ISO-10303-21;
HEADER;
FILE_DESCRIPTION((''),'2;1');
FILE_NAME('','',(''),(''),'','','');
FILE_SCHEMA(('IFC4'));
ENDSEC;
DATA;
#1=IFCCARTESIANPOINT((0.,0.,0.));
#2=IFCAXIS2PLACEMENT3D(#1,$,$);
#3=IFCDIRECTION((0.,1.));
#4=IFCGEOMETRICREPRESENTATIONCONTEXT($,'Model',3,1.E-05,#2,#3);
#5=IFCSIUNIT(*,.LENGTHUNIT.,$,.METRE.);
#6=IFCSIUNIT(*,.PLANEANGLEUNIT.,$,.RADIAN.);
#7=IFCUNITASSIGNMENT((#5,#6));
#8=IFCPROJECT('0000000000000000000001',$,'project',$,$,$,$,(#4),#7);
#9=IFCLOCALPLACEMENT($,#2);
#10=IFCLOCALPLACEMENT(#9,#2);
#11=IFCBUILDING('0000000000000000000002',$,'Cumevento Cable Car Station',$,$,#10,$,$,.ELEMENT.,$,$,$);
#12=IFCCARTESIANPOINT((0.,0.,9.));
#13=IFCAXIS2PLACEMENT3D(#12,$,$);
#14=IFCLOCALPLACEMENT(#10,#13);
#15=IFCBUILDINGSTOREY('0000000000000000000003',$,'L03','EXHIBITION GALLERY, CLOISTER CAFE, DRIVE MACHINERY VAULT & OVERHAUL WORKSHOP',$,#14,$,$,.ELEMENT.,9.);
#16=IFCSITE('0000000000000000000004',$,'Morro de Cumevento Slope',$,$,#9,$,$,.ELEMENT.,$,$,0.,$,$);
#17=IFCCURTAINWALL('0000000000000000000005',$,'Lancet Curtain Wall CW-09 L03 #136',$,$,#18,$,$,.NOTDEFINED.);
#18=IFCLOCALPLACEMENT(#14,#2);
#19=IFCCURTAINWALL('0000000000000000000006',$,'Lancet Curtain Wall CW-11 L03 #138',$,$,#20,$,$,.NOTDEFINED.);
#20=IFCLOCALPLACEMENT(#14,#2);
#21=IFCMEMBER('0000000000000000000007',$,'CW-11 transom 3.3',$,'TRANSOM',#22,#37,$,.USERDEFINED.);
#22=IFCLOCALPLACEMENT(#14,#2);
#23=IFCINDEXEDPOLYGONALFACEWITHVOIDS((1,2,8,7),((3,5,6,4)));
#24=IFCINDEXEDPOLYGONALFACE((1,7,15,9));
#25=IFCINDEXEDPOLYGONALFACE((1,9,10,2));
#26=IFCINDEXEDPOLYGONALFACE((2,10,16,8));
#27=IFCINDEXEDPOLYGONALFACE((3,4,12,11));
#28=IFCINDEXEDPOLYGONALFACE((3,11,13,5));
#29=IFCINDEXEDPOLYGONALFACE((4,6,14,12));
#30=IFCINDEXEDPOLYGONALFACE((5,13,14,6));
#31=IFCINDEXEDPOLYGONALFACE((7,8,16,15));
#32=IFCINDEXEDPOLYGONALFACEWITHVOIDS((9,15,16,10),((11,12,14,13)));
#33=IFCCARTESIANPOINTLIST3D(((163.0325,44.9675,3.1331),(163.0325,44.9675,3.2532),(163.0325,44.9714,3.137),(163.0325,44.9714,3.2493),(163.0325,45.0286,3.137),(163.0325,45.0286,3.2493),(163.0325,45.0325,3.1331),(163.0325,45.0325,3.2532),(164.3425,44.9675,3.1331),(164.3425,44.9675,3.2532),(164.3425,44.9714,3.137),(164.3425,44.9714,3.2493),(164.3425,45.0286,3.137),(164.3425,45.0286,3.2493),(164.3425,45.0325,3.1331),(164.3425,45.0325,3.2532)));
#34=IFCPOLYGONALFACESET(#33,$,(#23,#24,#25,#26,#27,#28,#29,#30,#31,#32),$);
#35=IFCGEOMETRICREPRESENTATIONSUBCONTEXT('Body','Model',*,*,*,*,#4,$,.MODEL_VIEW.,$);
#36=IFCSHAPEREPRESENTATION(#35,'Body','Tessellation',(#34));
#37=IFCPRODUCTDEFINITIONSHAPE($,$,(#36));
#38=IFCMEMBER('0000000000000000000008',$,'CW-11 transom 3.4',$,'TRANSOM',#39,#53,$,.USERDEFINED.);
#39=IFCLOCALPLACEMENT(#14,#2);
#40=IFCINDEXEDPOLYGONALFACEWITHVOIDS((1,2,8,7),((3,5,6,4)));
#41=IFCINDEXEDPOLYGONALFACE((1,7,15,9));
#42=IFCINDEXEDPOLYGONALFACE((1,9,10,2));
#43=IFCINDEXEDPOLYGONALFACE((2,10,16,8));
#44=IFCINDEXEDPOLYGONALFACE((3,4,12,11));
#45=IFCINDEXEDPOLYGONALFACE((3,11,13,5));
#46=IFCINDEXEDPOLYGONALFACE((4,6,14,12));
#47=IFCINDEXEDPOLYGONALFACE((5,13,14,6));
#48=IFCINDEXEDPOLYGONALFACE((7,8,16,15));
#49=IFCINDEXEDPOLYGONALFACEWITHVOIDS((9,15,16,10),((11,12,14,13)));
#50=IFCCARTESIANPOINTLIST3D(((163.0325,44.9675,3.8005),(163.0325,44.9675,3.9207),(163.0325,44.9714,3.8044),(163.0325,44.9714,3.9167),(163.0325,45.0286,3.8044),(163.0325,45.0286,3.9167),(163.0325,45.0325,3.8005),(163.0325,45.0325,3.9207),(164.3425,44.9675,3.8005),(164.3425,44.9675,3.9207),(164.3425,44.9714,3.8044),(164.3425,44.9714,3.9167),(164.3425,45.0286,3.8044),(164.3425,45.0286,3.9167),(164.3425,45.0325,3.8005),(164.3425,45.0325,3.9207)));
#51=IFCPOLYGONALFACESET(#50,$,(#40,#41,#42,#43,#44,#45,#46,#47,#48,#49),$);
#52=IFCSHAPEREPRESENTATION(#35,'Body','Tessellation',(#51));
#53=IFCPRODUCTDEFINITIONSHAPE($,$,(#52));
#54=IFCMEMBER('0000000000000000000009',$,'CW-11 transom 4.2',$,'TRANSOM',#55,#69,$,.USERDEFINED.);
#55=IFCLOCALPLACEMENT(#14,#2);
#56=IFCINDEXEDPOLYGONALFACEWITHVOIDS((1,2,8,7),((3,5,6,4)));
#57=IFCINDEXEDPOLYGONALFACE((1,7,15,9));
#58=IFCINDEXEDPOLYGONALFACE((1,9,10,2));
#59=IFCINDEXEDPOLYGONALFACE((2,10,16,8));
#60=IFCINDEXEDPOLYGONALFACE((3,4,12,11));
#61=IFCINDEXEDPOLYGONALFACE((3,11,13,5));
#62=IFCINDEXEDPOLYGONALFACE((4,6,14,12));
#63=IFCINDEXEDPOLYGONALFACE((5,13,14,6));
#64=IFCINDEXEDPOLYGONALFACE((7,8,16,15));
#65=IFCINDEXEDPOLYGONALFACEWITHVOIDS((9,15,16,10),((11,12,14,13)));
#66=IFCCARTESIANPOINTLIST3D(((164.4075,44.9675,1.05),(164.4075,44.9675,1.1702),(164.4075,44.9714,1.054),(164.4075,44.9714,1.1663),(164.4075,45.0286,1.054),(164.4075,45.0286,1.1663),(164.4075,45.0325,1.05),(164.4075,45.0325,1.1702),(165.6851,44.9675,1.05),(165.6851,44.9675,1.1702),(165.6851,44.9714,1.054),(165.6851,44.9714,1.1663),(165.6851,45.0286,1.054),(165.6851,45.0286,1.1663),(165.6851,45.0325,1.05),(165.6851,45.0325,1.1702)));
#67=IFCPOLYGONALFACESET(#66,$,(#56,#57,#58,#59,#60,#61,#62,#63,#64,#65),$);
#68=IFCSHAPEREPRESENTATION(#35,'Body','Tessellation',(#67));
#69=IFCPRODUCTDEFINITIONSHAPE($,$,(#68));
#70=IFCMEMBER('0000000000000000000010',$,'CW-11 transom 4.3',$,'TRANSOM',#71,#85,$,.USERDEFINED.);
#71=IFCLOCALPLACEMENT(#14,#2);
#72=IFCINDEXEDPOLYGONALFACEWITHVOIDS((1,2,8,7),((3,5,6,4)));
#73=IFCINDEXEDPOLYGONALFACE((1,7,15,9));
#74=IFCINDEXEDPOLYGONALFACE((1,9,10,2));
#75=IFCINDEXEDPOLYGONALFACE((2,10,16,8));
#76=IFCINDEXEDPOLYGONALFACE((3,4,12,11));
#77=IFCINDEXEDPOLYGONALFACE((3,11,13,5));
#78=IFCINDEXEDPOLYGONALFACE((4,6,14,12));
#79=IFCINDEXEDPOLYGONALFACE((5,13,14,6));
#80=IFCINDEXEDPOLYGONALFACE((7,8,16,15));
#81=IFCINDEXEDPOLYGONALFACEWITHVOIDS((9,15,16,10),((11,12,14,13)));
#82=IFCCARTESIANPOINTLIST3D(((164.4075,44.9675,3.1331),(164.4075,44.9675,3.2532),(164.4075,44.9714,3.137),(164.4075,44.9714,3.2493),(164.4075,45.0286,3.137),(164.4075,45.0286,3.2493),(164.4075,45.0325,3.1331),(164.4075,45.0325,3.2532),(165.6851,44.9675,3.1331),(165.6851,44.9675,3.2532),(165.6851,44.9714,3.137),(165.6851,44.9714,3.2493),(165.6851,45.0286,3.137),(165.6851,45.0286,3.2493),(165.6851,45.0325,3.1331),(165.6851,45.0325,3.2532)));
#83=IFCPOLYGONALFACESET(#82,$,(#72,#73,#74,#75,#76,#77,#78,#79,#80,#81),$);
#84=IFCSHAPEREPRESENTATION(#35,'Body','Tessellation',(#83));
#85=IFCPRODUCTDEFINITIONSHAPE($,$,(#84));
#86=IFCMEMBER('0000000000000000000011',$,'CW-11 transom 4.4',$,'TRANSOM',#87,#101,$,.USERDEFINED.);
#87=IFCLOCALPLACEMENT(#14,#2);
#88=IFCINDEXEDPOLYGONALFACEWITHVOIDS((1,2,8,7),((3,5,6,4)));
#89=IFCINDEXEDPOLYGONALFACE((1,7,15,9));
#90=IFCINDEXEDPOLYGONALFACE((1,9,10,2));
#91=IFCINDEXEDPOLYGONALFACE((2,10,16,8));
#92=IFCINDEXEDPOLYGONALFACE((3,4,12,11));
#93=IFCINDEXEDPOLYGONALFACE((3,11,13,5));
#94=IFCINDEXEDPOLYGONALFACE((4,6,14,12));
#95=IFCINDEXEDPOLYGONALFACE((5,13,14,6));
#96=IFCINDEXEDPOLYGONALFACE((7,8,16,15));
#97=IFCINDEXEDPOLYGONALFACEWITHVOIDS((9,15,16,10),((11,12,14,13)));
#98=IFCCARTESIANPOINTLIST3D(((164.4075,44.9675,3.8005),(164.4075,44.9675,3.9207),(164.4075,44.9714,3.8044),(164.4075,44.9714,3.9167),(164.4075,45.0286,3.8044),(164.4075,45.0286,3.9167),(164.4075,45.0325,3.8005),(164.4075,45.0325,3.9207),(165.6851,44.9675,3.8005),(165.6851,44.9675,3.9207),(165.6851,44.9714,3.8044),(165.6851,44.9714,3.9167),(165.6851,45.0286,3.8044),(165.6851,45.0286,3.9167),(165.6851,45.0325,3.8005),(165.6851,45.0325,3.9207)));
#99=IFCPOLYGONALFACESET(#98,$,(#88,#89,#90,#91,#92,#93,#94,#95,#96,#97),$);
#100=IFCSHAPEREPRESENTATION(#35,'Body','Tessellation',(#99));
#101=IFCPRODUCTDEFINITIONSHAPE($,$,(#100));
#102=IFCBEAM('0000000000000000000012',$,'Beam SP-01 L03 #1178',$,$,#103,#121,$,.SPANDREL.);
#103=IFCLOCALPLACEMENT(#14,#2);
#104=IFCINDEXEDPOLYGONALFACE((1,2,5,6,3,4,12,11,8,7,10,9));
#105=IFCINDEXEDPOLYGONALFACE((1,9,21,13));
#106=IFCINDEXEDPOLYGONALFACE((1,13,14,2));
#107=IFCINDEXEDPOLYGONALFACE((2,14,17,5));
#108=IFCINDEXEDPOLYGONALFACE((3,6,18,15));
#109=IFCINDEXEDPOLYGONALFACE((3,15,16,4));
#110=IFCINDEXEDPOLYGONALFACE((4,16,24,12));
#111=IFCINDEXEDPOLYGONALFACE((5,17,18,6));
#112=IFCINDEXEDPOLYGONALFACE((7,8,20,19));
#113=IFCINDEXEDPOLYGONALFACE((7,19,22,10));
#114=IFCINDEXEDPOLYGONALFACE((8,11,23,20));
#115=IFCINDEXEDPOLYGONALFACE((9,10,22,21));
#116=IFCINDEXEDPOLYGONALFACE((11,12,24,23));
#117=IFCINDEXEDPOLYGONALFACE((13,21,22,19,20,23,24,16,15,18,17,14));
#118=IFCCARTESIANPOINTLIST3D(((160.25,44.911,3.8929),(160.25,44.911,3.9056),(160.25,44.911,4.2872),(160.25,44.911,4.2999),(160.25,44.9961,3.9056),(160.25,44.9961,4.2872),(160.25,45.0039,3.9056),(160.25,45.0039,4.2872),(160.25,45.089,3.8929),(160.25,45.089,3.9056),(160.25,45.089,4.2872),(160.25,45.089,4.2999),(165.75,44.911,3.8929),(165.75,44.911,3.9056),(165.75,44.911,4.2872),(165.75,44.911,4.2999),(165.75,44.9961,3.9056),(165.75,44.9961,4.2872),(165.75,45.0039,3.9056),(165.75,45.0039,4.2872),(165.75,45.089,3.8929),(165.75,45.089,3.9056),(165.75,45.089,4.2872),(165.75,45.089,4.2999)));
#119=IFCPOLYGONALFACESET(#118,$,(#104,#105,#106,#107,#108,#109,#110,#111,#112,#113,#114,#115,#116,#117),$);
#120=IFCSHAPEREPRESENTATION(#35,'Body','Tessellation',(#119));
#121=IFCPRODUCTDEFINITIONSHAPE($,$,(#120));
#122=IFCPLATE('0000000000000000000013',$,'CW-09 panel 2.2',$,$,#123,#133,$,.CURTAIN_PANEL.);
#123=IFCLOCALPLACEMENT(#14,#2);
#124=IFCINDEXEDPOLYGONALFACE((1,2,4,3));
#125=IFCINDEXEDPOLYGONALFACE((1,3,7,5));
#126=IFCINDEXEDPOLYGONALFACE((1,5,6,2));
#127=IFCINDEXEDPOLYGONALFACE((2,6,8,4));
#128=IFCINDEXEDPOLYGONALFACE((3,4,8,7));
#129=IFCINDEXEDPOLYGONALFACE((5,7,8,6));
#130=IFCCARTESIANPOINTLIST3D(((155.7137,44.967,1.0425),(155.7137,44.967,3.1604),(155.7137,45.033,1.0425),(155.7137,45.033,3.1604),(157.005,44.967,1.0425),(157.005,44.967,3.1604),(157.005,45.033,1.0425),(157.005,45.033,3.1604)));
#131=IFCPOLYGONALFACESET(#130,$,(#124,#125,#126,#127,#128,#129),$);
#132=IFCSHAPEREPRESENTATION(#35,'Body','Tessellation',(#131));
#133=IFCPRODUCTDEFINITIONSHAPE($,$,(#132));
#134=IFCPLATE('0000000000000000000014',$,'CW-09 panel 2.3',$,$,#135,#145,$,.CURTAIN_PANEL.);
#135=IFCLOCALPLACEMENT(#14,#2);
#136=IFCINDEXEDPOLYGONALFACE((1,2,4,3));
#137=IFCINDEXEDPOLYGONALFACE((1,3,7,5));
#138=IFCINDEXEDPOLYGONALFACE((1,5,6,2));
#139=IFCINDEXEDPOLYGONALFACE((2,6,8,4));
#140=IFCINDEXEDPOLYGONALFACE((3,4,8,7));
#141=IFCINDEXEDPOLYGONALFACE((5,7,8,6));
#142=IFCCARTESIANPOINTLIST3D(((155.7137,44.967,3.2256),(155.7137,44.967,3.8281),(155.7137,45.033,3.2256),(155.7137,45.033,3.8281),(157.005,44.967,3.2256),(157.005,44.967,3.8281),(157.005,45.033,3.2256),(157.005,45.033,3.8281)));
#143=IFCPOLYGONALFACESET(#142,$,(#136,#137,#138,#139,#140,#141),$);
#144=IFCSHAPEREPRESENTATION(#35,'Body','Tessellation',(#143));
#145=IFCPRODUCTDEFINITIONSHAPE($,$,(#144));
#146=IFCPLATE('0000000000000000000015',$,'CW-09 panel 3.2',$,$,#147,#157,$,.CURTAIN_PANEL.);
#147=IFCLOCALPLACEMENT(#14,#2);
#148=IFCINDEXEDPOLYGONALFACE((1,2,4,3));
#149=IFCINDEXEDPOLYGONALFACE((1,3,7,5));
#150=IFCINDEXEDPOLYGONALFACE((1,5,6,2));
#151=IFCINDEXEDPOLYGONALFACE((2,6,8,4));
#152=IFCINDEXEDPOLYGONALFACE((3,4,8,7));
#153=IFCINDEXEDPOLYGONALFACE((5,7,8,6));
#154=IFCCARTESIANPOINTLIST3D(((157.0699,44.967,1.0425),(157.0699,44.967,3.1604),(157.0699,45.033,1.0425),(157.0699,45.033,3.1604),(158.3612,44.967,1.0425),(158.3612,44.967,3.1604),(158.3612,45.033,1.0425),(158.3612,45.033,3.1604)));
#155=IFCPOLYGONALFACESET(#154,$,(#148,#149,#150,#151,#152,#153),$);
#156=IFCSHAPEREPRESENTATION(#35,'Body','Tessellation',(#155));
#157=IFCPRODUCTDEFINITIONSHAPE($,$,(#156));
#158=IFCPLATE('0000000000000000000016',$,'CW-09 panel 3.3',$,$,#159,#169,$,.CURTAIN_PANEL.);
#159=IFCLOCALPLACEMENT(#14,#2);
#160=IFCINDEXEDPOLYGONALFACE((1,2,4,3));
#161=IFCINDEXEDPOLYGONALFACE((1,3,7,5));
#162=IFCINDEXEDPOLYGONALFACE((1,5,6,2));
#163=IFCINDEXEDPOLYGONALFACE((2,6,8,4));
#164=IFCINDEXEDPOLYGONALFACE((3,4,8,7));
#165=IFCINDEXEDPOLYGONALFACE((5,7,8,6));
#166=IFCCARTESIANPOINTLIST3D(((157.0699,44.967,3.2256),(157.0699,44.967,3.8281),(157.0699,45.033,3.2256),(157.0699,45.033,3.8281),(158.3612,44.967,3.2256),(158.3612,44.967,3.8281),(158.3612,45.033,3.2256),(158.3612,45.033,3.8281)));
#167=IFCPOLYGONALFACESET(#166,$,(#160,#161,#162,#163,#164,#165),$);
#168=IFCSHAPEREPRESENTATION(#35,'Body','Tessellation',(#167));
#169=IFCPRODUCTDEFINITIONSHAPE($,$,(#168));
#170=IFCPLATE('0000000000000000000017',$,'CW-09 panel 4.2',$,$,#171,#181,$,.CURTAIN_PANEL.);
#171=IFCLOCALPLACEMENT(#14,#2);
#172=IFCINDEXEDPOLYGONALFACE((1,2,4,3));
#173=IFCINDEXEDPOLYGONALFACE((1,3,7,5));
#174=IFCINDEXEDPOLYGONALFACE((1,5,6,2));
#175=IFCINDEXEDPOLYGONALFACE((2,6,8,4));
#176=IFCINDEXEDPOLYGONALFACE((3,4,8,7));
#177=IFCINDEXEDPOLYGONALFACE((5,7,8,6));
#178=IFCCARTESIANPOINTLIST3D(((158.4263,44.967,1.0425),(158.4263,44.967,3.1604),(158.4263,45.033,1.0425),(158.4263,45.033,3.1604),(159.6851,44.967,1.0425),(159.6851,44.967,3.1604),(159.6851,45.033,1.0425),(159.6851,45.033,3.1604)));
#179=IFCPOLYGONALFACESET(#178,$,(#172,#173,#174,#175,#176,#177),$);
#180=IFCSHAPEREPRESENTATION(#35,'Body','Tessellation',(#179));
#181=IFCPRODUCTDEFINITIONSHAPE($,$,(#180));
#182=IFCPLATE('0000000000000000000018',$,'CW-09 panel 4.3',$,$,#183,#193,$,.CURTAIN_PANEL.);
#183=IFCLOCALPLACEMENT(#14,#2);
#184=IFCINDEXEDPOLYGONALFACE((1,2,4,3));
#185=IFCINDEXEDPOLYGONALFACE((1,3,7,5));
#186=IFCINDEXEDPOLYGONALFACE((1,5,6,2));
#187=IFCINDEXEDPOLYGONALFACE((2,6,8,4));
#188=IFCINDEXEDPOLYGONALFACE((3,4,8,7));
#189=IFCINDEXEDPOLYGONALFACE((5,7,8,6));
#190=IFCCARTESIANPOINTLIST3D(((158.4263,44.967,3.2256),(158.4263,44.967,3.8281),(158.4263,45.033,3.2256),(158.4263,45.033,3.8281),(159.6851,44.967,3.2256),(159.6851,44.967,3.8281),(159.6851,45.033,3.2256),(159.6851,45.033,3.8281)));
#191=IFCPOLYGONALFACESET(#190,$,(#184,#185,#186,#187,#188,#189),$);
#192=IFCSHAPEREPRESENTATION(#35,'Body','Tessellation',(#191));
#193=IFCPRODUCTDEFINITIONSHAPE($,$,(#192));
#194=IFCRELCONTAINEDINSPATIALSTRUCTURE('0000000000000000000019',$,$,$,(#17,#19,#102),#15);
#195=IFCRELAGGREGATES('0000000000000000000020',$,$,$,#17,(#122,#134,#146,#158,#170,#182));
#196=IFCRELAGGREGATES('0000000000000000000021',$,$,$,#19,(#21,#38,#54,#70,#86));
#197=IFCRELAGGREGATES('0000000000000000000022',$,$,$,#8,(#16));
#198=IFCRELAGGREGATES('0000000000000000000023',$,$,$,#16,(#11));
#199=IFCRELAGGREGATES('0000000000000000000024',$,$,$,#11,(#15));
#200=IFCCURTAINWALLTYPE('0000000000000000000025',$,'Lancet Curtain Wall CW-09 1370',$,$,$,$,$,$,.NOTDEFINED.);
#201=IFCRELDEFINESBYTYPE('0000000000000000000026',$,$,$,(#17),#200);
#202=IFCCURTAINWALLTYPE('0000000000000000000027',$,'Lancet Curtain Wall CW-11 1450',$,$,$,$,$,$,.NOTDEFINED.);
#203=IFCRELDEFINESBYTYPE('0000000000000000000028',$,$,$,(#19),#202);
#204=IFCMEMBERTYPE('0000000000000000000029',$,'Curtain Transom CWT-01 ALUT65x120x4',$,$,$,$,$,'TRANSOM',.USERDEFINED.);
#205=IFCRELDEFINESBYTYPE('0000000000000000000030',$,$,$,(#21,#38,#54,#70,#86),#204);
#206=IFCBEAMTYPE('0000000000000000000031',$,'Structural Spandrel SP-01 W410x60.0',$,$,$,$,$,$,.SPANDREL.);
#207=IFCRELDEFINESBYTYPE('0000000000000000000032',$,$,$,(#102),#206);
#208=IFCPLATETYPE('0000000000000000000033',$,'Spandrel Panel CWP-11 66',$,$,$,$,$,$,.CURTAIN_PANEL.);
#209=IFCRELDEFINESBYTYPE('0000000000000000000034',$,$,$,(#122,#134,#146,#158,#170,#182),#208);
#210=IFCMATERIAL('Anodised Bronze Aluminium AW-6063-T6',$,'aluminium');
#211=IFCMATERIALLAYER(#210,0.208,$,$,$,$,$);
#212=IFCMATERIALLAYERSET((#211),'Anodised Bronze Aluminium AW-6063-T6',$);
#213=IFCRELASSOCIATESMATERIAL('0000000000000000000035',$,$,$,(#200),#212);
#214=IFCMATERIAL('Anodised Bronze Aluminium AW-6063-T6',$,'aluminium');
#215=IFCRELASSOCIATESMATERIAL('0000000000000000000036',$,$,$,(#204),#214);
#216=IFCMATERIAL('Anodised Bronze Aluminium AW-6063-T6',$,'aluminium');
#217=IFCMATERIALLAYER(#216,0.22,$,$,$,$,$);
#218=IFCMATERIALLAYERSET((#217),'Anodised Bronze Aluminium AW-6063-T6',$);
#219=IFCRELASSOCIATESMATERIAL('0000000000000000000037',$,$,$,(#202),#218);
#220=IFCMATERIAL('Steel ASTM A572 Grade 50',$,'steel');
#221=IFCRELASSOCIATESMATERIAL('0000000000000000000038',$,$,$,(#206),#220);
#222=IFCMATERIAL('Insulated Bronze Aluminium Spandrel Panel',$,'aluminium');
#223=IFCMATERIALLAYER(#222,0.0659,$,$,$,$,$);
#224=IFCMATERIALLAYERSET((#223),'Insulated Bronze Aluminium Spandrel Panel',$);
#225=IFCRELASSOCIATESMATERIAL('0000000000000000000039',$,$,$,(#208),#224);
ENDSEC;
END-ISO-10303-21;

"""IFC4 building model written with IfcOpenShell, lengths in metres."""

from ifc_helpers import new_model, si_unit, direction, frame, origin, origin_2d, place, context, subcontext, project, spatial, rectangle, hollow_rectangle, i_section, extrude, material, layer, layer_set, material_profile, profile_set, type_object, element, aggregate, save


model = new_model("IFC4")

# Units and contexts
model_context = context("Model", 3, precision=1e-05, world=origin(), true_north=direction((0.0, 1.0)))
body_context = subcontext(model_context, "Body", "Model", "MODEL_VIEW")
ifc_project = project(units=[si_unit("LENGTHUNIT", "METRE"), si_unit("PLANEANGLEUNIT", "RADIAN")], contexts=[model_context])

# Site, building, storey
site_placement = place(None, origin())
site = spatial("IfcSite", under=ifc_project, at=site_placement, Name="Morro de Cumevento Slope", CompositionType="ELEMENT", RefElevation=0.0)
building_placement = place(site_placement, origin())
building = spatial("IfcBuilding", under=site, at=building_placement, Name="Cumevento Cable Car Station", CompositionType="ELEMENT")
storey_placement = place(building_placement, frame((0.0, 0.0, 9.0)))
storey = spatial("IfcBuildingStorey", under=building, at=storey_placement, Name="L03", Description="EXHIBITION GALLERY, CLOISTER CAFE, DRIVE MACHINERY VAULT & OVERHAUL WORKSHOP", CompositionType="ELEMENT", Elevation=9.0)

# Curtain walls, members
ifc_material_1 = material(Name="Anodised Bronze Aluminium AW-6063-T6", Category="aluminium")
ifc_layer_1 = layer(ifc_material_1, 0.208)
ifc_layer_set_1 = layer_set([ifc_layer_1], Name="Anodised Bronze Aluminium AW-6063-T6")
curtain_wall_type_1 = type_object("IfcCurtainWallType", Name="Lancet Curtain Wall CW-09 1370", PredefinedType="NOTDEFINED", material=ifc_layer_set_1)
curtain_wall_1_placement = place(storey_placement, origin())
curtain_wall_1 = element("IfcCurtainWall", 1, at=curtain_wall_1_placement, inside=storey, type_object=curtain_wall_type_1, Name="Lancet Curtain Wall CW-09 L03 #136", PredefinedType="NOTDEFINED")
ifc_material_2 = material(Name="Anodised Bronze Aluminium AW-6063-T6", Category="aluminium")
ifc_material_profile_1 = material_profile(ifc_material_2, hollow_rectangle(XDim=0.0649, YDim=0.1201, WallThickness=0.0039, at=origin_2d()), Name="ALUT65x120x4")
ifc_profile_set_1 = profile_set([ifc_material_profile_1], Name="Anodised Bronze Aluminium AW-6063-T6")
member_type = type_object("IfcMemberType", Name="Curtain Transom CWT-01 ALUT65x120x4", ElementType="TRANSOM", PredefinedType="USERDEFINED", material=ifc_profile_set_1)
ifc_material_3 = material(Name="Anodised Bronze Aluminium AW-6063-T6", Category="aluminium")
ifc_layer_2 = layer(ifc_material_3, 0.22)
ifc_layer_set_2 = layer_set([ifc_layer_2], Name="Anodised Bronze Aluminium AW-6063-T6")
curtain_wall_type_2 = type_object("IfcCurtainWallType", Name="Lancet Curtain Wall CW-11 1450", PredefinedType="NOTDEFINED", material=ifc_layer_set_2)
curtain_wall_2_placement = place(storey_placement, origin())
curtain_wall_2 = element("IfcCurtainWall", 2, at=curtain_wall_2_placement, inside=storey, type_object=curtain_wall_type_2, Name="Lancet Curtain Wall CW-11 L03 #138", PredefinedType="NOTDEFINED")
member_1_placement = place(storey_placement, frame((163.0325, 45.0, 3.1931), z_axis=(1.0, 0.0, 0.0), x_axis=(0.0, 1.0, 0.0)))
member_1 = element("IfcMember", 3, at=member_1_placement, type_object=member_type, Name="CW-11 transom 3.3", ObjectType="TRANSOM", PredefinedType="USERDEFINED", context=body_context, shape_type="SweptSolid", body=[
    extrude(hollow_rectangle(XDim=0.0649, YDim=0.1201, WallThickness=0.0039, at=origin_2d()), origin(), (0.0, 0.0, 1.0), 1.3101),
])
member_2_placement = place(storey_placement, frame((163.0325, 45.0, 3.8606), z_axis=(1.0, 0.0, 0.0), x_axis=(0.0, 1.0, 0.0)))
member_2 = element("IfcMember", 4, at=member_2_placement, type_object=member_type, Name="CW-11 transom 3.4", ObjectType="TRANSOM", PredefinedType="USERDEFINED", context=body_context, shape_type="SweptSolid", body=[
    extrude(hollow_rectangle(XDim=0.0649, YDim=0.1201, WallThickness=0.0039, at=origin_2d()), origin(), (0.0, 0.0, 1.0), 1.3101),
])
member_3_placement = place(storey_placement, frame((164.4075, 45.0, 1.1101), z_axis=(1.0, 0.0, 0.0), x_axis=(0.0, 1.0, 0.0)))
member_3 = element("IfcMember", 5, at=member_3_placement, type_object=member_type, Name="CW-11 transom 4.2", ObjectType="TRANSOM", PredefinedType="USERDEFINED", context=body_context, shape_type="SweptSolid", body=[
    extrude(hollow_rectangle(XDim=0.0649, YDim=0.1201, WallThickness=0.0039, at=origin_2d()), origin(), (0.0, 0.0, 1.0), 1.2776),
])
member_4_placement = place(storey_placement, frame((164.4075, 45.0, 3.1931), z_axis=(1.0, 0.0, 0.0), x_axis=(0.0, 1.0, 0.0)))
member_4 = element("IfcMember", 6, at=member_4_placement, type_object=member_type, Name="CW-11 transom 4.3", ObjectType="TRANSOM", PredefinedType="USERDEFINED", context=body_context, shape_type="SweptSolid", body=[
    extrude(hollow_rectangle(XDim=0.0649, YDim=0.1201, WallThickness=0.0039, at=origin_2d()), origin(), (0.0, 0.0, 1.0), 1.2776),
])
member_5_placement = place(storey_placement, frame((164.4075, 45.0, 3.8606), z_axis=(1.0, 0.0, 0.0), x_axis=(0.0, 1.0, 0.0)))
member_5 = element("IfcMember", 7, at=member_5_placement, type_object=member_type, Name="CW-11 transom 4.4", ObjectType="TRANSOM", PredefinedType="USERDEFINED", context=body_context, shape_type="SweptSolid", body=[
    extrude(hollow_rectangle(XDim=0.0649, YDim=0.1201, WallThickness=0.0039, at=origin_2d()), origin(), (0.0, 0.0, 1.0), 1.2776),
])

# Beam
ifc_material_4 = material(Name="Steel ASTM A572 Grade 50", Category="steel")
ifc_material_profile_2 = material_profile(ifc_material_4, i_section(OverallWidth=0.178, OverallDepth=0.407, WebThickness=0.0078, FlangeThickness=0.0127, at=origin_2d()), Name="W410x60.0")
ifc_profile_set_2 = profile_set([ifc_material_profile_2], Name="Steel ASTM A572 Grade 50")
beam_type = type_object("IfcBeamType", Name="Structural Spandrel SP-01 W410x60.0", PredefinedType="SPANDREL", material=ifc_profile_set_2)
beam_placement = place(storey_placement, frame((160.25, 45.0, 4.0964), z_axis=(1.0, 0.0, 0.0), x_axis=(0.0, 1.0, 0.0)))
element("IfcBeam", 8, at=beam_placement, inside=storey, type_object=beam_type, Name="Beam SP-01 L03 #1178", PredefinedType="SPANDREL", context=body_context, shape_type="SweptSolid", body=[
    extrude(i_section(OverallWidth=0.178, OverallDepth=0.407, WebThickness=0.0078, FlangeThickness=0.0127, at=origin_2d()), origin(), (0.0, 0.0, 1.0), 5.5),
])

# Plates
ifc_material_5 = material(Name="Insulated Bronze Aluminium Spandrel Panel", Category="aluminium")
ifc_layer_3 = layer(ifc_material_5, 0.0659)
ifc_layer_set_3 = layer_set([ifc_layer_3], Name="Insulated Bronze Aluminium Spandrel Panel")
plate_type_1 = type_object("IfcPlateType", Name="Spandrel Panel CWP-11 66", PredefinedType="CURTAIN_PANEL", material=ifc_layer_set_3)
plate_1_placement = place(storey_placement, frame((156.3594, 45.0, 1.0425), z_axis=(0.0, 0.0, 1.0), x_axis=(1.0, 0.0, 0.0)))
plate_1 = element("IfcPlate", 9, at=plate_1_placement, type_object=plate_type_1, Name="CW-09 panel 2.2", PredefinedType="CURTAIN_PANEL", context=body_context, shape_type="SweptSolid", body=[
    extrude(rectangle(XDim=1.2913, YDim=0.0659, at=origin_2d()), origin(), (0.0, 0.0, 1.0), 2.1179),
])
plate_2_placement = place(storey_placement, frame((156.3594, 45.0, 3.2256), z_axis=(0.0, 0.0, 1.0), x_axis=(1.0, 0.0, 0.0)))
plate_2 = element("IfcPlate", 10, at=plate_2_placement, type_object=plate_type_1, Name="CW-09 panel 2.3", PredefinedType="CURTAIN_PANEL", context=body_context, shape_type="SweptSolid", body=[
    extrude(rectangle(XDim=1.2913, YDim=0.0659, at=origin_2d()), origin(), (0.0, 0.0, 1.0), 0.6025),
])
plate_3_placement = place(storey_placement, frame((157.7156, 45.0, 1.0425), z_axis=(0.0, 0.0, 1.0), x_axis=(1.0, 0.0, 0.0)))
plate_3 = element("IfcPlate", 11, at=plate_3_placement, type_object=plate_type_1, Name="CW-09 panel 3.2", PredefinedType="CURTAIN_PANEL", context=body_context, shape_type="SweptSolid", body=[
    extrude(rectangle(XDim=1.2913, YDim=0.0659, at=origin_2d()), origin(), (0.0, 0.0, 1.0), 2.1179),
])
plate_4_placement = place(storey_placement, frame((157.7156, 45.0, 3.2256), z_axis=(0.0, 0.0, 1.0), x_axis=(1.0, 0.0, 0.0)))
plate_4 = element("IfcPlate", 12, at=plate_4_placement, type_object=plate_type_1, Name="CW-09 panel 3.3", PredefinedType="CURTAIN_PANEL", context=body_context, shape_type="SweptSolid", body=[
    extrude(rectangle(XDim=1.2913, YDim=0.0659, at=origin_2d()), origin(), (0.0, 0.0, 1.0), 0.6025),
])
plate_5_placement = place(storey_placement, frame((159.0557, 45.0, 1.0425), z_axis=(0.0, 0.0, 1.0), x_axis=(1.0, 0.0, 0.0)))
plate_5 = element("IfcPlate", 13, at=plate_5_placement, type_object=plate_type_1, Name="CW-09 panel 4.2", PredefinedType="CURTAIN_PANEL", context=body_context, shape_type="SweptSolid", body=[
    extrude(rectangle(XDim=1.2588, YDim=0.0659, at=origin_2d()), origin(), (0.0, 0.0, 1.0), 2.1179),
])
plate_6_placement = place(storey_placement, frame((159.0557, 45.0, 3.2256), z_axis=(0.0, 0.0, 1.0), x_axis=(1.0, 0.0, 0.0)))
plate_6 = element("IfcPlate", 14, at=plate_6_placement, type_object=plate_type_1, Name="CW-09 panel 4.3", PredefinedType="CURTAIN_PANEL", context=body_context, shape_type="SweptSolid", body=[
    extrude(rectangle(XDim=1.2588, YDim=0.0659, at=origin_2d()), origin(), (0.0, 0.0, 1.0), 0.6025),
])
aggregate(curtain_wall_1, [plate_1, plate_2, plate_3, plate_4, plate_5, plate_6])
aggregate(curtain_wall_2, [member_1, member_2, member_3, member_4, member_5])

save(model, "model.ifc")
